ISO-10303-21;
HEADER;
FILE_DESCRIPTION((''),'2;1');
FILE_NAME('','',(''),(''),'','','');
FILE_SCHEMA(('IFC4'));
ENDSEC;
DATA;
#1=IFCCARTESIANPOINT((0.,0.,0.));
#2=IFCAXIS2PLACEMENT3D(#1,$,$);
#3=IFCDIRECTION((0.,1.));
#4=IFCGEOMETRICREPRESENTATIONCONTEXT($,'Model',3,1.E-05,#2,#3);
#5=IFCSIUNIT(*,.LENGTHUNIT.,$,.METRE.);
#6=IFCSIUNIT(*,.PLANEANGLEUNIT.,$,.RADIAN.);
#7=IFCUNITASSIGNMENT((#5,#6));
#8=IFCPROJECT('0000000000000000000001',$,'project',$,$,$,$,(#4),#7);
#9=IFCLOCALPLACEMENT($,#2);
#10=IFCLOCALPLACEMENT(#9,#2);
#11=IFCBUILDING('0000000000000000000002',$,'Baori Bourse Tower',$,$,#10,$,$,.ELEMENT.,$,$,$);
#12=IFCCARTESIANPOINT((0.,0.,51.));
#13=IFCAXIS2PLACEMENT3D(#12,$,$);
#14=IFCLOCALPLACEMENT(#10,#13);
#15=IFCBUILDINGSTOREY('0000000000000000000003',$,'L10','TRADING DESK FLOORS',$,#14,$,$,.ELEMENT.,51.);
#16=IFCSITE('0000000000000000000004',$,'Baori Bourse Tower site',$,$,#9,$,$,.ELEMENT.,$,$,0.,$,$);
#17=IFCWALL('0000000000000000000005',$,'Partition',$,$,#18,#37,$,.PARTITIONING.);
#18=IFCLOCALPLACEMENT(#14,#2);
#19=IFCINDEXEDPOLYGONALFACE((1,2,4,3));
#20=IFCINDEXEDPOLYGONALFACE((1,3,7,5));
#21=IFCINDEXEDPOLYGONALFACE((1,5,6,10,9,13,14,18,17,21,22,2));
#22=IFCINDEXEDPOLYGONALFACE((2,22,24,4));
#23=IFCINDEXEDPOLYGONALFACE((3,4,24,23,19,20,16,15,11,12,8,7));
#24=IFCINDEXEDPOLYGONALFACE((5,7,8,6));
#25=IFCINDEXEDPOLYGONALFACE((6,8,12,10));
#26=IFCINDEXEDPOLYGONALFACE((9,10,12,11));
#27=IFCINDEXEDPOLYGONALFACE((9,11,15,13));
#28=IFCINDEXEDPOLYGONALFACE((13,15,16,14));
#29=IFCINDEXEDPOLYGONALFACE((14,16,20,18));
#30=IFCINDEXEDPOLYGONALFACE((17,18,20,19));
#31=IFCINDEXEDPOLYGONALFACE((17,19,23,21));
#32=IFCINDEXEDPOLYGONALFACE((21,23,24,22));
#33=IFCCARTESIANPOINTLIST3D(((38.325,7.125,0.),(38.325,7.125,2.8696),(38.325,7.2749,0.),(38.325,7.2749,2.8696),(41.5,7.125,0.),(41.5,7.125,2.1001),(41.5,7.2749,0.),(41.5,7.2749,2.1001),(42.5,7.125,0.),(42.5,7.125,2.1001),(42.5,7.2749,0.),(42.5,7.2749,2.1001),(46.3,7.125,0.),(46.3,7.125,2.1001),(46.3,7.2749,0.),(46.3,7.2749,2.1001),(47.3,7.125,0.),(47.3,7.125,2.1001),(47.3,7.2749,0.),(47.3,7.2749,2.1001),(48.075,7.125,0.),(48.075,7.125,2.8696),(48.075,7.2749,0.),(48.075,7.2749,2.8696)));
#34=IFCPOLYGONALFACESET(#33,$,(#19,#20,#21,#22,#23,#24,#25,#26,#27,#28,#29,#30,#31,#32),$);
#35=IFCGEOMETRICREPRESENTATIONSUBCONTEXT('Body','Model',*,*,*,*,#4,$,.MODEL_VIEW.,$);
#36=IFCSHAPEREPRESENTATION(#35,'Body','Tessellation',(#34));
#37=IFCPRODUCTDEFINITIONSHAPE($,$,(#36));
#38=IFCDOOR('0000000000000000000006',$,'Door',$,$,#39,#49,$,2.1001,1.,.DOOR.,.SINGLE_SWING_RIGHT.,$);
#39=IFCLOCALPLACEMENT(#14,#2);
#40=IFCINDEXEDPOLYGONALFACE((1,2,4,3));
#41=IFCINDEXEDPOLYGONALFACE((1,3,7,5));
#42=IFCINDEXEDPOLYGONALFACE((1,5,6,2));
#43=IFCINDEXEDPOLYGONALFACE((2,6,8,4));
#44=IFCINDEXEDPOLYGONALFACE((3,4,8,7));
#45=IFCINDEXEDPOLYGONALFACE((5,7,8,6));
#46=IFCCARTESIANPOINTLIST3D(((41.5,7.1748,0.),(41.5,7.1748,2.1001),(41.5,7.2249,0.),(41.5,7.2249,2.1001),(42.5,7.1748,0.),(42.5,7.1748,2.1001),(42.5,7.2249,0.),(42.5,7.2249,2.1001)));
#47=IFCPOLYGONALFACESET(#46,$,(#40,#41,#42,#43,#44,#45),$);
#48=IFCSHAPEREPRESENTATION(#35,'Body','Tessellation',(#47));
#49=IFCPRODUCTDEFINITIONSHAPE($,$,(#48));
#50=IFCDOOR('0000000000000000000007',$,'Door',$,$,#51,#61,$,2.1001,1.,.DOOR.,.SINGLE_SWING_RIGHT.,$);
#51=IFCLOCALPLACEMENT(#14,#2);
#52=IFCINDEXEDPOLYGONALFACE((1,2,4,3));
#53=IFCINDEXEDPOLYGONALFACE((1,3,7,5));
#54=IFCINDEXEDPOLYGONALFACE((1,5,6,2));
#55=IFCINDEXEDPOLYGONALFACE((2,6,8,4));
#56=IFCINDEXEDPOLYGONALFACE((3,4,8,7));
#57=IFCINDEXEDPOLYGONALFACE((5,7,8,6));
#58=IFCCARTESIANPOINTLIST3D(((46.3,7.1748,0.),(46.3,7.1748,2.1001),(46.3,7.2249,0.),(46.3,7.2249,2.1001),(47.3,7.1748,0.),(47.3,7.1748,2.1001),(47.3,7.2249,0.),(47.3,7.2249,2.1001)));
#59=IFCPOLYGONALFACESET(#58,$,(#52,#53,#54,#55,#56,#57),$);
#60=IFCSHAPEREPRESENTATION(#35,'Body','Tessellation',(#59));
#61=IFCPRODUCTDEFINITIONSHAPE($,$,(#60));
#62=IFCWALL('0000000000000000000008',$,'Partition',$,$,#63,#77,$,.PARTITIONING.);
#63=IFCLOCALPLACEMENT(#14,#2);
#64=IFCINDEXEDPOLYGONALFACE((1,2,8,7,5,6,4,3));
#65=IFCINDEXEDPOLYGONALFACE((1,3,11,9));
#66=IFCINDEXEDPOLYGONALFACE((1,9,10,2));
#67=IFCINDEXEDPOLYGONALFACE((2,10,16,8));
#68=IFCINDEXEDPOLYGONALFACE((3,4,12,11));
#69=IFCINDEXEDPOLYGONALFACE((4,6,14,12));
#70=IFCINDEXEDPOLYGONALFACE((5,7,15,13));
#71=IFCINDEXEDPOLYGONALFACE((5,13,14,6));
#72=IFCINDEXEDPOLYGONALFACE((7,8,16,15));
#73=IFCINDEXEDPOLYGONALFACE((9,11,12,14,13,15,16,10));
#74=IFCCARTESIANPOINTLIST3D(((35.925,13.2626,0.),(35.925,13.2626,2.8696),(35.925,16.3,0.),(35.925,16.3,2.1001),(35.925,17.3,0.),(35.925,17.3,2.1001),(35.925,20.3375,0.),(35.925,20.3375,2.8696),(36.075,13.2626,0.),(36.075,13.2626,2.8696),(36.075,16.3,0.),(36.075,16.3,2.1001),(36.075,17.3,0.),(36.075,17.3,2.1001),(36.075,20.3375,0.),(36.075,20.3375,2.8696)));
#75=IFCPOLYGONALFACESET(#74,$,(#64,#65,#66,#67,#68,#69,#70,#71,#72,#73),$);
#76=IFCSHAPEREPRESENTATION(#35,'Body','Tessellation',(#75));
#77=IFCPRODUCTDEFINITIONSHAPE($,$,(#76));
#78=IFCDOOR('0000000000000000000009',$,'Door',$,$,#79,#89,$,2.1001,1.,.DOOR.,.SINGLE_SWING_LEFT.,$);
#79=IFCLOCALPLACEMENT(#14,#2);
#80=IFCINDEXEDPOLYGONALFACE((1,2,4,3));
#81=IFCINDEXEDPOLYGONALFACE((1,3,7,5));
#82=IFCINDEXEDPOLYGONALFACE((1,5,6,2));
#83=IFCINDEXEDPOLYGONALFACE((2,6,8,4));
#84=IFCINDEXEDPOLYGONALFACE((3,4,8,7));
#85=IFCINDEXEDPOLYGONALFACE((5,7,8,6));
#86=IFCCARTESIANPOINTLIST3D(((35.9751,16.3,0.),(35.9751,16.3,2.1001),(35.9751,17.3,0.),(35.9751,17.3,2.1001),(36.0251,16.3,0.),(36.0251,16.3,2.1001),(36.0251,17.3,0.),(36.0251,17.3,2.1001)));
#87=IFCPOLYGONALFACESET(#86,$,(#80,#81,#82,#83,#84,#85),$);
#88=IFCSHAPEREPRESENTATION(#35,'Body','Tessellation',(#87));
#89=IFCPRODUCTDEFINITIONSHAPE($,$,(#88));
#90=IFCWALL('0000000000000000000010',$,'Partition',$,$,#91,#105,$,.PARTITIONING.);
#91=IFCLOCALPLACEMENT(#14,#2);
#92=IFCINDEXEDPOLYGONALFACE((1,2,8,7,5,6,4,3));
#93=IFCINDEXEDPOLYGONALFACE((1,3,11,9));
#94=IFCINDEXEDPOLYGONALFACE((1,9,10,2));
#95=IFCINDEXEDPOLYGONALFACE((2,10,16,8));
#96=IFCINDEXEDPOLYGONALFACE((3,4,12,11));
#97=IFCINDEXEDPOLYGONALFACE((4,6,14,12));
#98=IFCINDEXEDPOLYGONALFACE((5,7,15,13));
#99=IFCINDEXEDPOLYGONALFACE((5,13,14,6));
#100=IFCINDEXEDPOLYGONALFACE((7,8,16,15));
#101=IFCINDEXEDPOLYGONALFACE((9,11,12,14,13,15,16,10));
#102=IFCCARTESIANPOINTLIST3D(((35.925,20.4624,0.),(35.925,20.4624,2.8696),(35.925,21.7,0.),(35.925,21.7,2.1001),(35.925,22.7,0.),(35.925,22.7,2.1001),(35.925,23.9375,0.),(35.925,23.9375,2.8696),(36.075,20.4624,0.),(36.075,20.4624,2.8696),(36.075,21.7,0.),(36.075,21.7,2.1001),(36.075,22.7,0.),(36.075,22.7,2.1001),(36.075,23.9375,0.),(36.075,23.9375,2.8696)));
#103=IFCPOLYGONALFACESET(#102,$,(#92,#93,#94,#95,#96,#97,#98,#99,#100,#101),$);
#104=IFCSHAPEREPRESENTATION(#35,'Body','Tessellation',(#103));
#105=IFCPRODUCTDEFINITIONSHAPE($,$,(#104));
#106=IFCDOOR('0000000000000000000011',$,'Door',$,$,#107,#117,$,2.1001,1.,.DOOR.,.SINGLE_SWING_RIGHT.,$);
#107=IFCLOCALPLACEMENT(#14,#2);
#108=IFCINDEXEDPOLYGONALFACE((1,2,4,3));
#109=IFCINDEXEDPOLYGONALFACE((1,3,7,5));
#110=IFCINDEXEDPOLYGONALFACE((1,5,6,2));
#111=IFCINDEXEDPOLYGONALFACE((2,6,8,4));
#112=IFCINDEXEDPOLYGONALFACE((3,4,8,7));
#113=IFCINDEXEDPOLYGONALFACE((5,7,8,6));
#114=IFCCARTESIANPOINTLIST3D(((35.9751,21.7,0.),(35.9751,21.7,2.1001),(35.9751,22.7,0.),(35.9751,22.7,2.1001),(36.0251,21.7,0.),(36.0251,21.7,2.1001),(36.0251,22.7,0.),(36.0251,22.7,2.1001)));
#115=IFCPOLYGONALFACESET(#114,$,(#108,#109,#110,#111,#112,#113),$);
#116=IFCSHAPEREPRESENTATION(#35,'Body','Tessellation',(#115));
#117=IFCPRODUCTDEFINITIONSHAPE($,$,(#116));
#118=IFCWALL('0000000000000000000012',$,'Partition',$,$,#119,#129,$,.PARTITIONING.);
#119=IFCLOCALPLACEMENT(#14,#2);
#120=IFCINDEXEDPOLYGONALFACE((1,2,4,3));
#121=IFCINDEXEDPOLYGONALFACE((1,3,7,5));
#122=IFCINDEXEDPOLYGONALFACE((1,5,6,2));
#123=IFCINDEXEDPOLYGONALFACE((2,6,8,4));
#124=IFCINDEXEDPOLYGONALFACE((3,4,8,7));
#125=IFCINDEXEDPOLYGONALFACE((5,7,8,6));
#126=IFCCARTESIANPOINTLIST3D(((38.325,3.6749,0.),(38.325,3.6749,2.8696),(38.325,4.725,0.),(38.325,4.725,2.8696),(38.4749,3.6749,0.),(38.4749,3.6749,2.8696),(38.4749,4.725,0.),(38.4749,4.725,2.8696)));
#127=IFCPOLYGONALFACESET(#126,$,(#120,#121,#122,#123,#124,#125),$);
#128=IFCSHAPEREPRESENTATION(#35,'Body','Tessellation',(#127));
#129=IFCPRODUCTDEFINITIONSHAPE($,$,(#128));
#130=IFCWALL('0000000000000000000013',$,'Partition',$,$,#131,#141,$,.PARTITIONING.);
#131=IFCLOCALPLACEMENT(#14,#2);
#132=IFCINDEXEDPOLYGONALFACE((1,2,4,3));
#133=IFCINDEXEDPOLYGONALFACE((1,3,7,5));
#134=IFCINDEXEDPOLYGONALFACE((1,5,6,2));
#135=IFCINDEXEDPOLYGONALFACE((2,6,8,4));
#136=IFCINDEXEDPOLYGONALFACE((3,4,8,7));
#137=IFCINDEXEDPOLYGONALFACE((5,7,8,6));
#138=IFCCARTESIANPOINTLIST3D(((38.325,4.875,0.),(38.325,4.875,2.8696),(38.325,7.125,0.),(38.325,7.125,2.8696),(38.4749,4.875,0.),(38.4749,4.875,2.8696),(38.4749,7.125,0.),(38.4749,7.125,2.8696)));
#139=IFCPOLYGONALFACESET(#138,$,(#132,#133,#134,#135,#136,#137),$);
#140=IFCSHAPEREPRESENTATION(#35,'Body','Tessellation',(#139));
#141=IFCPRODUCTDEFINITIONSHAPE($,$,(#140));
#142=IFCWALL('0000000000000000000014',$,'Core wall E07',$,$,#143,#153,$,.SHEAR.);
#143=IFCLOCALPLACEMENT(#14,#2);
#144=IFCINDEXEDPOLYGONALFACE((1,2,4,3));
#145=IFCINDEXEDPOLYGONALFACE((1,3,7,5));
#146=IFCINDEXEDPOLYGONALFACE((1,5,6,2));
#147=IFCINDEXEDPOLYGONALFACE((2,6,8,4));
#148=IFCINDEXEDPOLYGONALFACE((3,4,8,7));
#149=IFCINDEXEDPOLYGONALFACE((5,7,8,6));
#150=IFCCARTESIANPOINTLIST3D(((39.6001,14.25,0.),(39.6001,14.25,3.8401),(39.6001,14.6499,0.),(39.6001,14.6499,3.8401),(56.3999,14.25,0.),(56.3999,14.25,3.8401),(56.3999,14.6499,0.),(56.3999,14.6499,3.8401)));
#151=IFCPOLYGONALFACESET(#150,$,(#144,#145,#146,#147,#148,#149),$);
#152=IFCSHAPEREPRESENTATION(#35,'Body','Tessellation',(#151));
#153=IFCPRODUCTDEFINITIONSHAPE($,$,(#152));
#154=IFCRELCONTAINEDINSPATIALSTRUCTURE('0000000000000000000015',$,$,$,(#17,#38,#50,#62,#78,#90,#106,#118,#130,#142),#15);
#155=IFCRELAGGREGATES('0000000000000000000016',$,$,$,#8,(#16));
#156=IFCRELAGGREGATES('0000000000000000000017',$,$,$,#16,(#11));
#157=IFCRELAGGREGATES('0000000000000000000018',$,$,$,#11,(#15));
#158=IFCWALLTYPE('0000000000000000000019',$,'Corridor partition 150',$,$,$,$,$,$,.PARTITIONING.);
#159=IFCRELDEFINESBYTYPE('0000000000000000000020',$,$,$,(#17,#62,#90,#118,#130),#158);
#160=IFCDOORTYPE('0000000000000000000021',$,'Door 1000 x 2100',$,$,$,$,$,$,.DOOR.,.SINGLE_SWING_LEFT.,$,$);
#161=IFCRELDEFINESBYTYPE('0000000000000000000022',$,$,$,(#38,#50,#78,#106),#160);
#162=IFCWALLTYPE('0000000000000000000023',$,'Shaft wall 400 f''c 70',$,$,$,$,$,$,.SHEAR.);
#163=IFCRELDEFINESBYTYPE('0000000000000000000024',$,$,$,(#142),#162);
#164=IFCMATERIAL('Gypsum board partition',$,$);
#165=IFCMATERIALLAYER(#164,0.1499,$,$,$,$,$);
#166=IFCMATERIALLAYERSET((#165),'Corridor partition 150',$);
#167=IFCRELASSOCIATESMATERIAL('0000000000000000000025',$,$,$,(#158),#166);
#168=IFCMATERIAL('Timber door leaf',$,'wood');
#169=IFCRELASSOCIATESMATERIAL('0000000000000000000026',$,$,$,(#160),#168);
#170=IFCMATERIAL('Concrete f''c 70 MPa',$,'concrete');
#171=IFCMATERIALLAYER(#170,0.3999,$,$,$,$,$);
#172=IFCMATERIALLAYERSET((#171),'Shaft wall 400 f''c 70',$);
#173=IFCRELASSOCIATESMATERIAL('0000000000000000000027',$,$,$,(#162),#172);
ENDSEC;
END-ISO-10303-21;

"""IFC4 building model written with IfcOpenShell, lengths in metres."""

from ifc_helpers import new_model, si_unit, direction, frame, frame_2d, origin, place, context, subcontext, project, spatial, rectangle, extrude, material, layer, layer_set, type_object, element, fill, save


model = new_model("IFC4")

# Units and contexts
model_context = context("Model", 3, precision=1e-05, world=origin(), true_north=direction((0.0, 1.0)))
body_context = subcontext(model_context, "Body", "Model", "MODEL_VIEW")
ifc_project = project(units=[si_unit("LENGTHUNIT", "METRE"), si_unit("PLANEANGLEUNIT", "RADIAN")], contexts=[model_context])

# Site, building, storey
site_placement = place(None, origin())
site = spatial("IfcSite", under=ifc_project, at=site_placement, Name="Baori Bourse Tower site", CompositionType="ELEMENT", RefElevation=0.0)
building_placement = place(site_placement, origin())
building = spatial("IfcBuilding", under=site, at=building_placement, Name="Baori Bourse Tower", CompositionType="ELEMENT")
storey_placement = place(building_placement, frame((0.0, 0.0, 51.0)))
storey = spatial("IfcBuildingStorey", under=building, at=storey_placement, Name="L10", Description="TRADING DESK FLOORS", CompositionType="ELEMENT", Elevation=51.0)

# Wall, openings, doors
ifc_material_1 = material(Name="Gypsum board partition")
ifc_layer_1 = layer(ifc_material_1, 0.1499)
ifc_layer_set_1 = layer_set([ifc_layer_1], Name="Corridor partition 150")
wall_type_1 = type_object("IfcWallType", Name="Corridor partition 150", PredefinedType="PARTITIONING", material=ifc_layer_set_1)
wall_1_placement = place(storey_placement, frame((38.325, 7.2, 0.0), z_axis=(0.0, 0.0, 1.0), x_axis=(1.0, 0.0, 0.0)))
wall_1 = element("IfcWall", 1, at=wall_1_placement, inside=storey, type_object=wall_type_1, Name="Partition", PredefinedType="PARTITIONING", context=body_context, shape_type="SweptSolid", body=[
    extrude(rectangle(XDim=9.75, YDim=0.1499, at=frame_2d((4.875, 0.0))), origin(), (0.0, 0.0, 1.0), 2.8696),
])
opening_1_placement = place(wall_1_placement, frame((3.175, 0.0, 0.0)))
opening_1 = element("IfcOpeningElement", 2, at=opening_1_placement, cuts=wall_1, PredefinedType="OPENING", context=body_context, shape_type="SweptSolid", body=[
    extrude(rectangle(XDim=1.0, YDim=2.1001, at=frame_2d((0.5, 1.05))), frame((0.0, 0.085, 0.0), z_axis=(0.0, -1.0, 0.0), x_axis=(1.0, 0.0, 0.0)), (0.0, 0.0, 1.0), 0.1699),
])
opening_2_placement = place(wall_1_placement, frame((7.9751, 0.0, 0.0)))
opening_2 = element("IfcOpeningElement", 3, at=opening_2_placement, cuts=wall_1, PredefinedType="OPENING", context=body_context, shape_type="SweptSolid", body=[
    extrude(rectangle(XDim=1.0, YDim=2.1001, at=frame_2d((0.5, 1.05))), frame((0.0, 0.085, 0.0), z_axis=(0.0, -1.0, 0.0), x_axis=(1.0, 0.0, 0.0)), (0.0, 0.0, 1.0), 0.1699),
])
ifc_material_2 = material(Name="Timber door leaf", Category="wood")
door_type_1 = type_object("IfcDoorType", Name="Door 1000 x 2100", OperationType="SINGLE_SWING_LEFT", PredefinedType="DOOR", material=ifc_material_2)
door_1_placement = place(opening_1_placement, origin())
door_1 = element("IfcDoor", 4, at=door_1_placement, inside=storey, type_object=door_type_1, Name="Door", OperationType="SINGLE_SWING_RIGHT", OverallHeight=2.1001, OverallWidth=1.0, PredefinedType="DOOR", context=body_context, shape_type="SweptSolid", body=[
    extrude(rectangle(XDim=1.0, YDim=2.1001, at=frame_2d((0.5, 1.05))), frame((0.0, 0.0249, 0.0), z_axis=(0.0, -1.0, 0.0), x_axis=(1.0, 0.0, 0.0)), (0.0, 0.0, 1.0), 0.05),
])
fill(opening_1, door_1)
door_2_placement = place(opening_2_placement, origin())
door_2 = element("IfcDoor", 5, at=door_2_placement, inside=storey, type_object=door_type_1, Name="Door", OperationType="SINGLE_SWING_RIGHT", OverallHeight=2.1001, OverallWidth=1.0, PredefinedType="DOOR", context=body_context, shape_type="SweptSolid", body=[
    extrude(rectangle(XDim=1.0, YDim=2.1001, at=frame_2d((0.5, 1.05))), frame((0.0, 0.0249, 0.0), z_axis=(0.0, -1.0, 0.0), x_axis=(1.0, 0.0, 0.0)), (0.0, 0.0, 1.0), 0.05),
])
fill(opening_2, door_2)

# Walls, openings, doors
wall_2_placement = place(storey_placement, frame((36.0, 13.2625, 0.0), z_axis=(0.0, 0.0, 1.0), x_axis=(0.0, 1.0, 0.0)))
wall_2 = element("IfcWall", 6, at=wall_2_placement, inside=storey, type_object=wall_type_1, Name="Partition", PredefinedType="PARTITIONING", context=body_context, shape_type="SweptSolid", body=[
    extrude(rectangle(XDim=7.075, YDim=0.1499, at=frame_2d((3.5376, 0.0))), origin(), (0.0, 0.0, 1.0), 2.8696),
])
opening_3_placement = place(wall_2_placement, frame((3.0376, 0.0, 0.0)))
opening_3 = element("IfcOpeningElement", 7, at=opening_3_placement, cuts=wall_2, PredefinedType="OPENING", context=body_context, shape_type="SweptSolid", body=[
    extrude(rectangle(XDim=1.0, YDim=2.1001, at=frame_2d((0.5, 1.05))), frame((0.0, 0.085, 0.0), z_axis=(0.0, -1.0, 0.0), x_axis=(1.0, 0.0, 0.0)), (0.0, 0.0, 1.0), 0.1699),
])
door_3_placement = place(opening_3_placement, origin())
door_3 = element("IfcDoor", 8, at=door_3_placement, inside=storey, type_object=door_type_1, Name="Door", OperationType="SINGLE_SWING_LEFT", OverallHeight=2.1001, OverallWidth=1.0, PredefinedType="DOOR", context=body_context, shape_type="SweptSolid", body=[
    extrude(rectangle(XDim=1.0, YDim=2.1001, at=frame_2d((0.5, 1.05))), frame((0.0, 0.0249, 0.0), z_axis=(0.0, -1.0, 0.0), x_axis=(1.0, 0.0, 0.0)), (0.0, 0.0, 1.0), 0.05),
])
fill(opening_3, door_3)
wall_3_placement = place(storey_placement, frame((36.0, 20.4624, 0.0), z_axis=(0.0, 0.0, 1.0), x_axis=(0.0, 1.0, 0.0)))
wall_3 = element("IfcWall", 9, at=wall_3_placement, inside=storey, type_object=wall_type_1, Name="Partition", PredefinedType="PARTITIONING", context=body_context, shape_type="SweptSolid", body=[
    extrude(rectangle(XDim=3.4751, YDim=0.1499, at=frame_2d((1.7375, 0.0))), origin(), (0.0, 0.0, 1.0), 2.8696),
])
opening_4_placement = place(wall_3_placement, frame((1.2375, 0.0, 0.0)))
opening_4 = element("IfcOpeningElement", 10, at=opening_4_placement, cuts=wall_3, PredefinedType="OPENING", context=body_context, shape_type="SweptSolid", body=[
    extrude(rectangle(XDim=1.0, YDim=2.1001, at=frame_2d((0.5, 1.05))), frame((0.0, 0.085, 0.0), z_axis=(0.0, -1.0, 0.0), x_axis=(1.0, 0.0, 0.0)), (0.0, 0.0, 1.0), 0.1699),
])
door_4_placement = place(opening_4_placement, origin())
door_4 = element("IfcDoor", 11, at=door_4_placement, inside=storey, type_object=door_type_1, Name="Door", OperationType="SINGLE_SWING_RIGHT", OverallHeight=2.1001, OverallWidth=1.0, PredefinedType="DOOR", context=body_context, shape_type="SweptSolid", body=[
    extrude(rectangle(XDim=1.0, YDim=2.1001, at=frame_2d((0.5, 1.05))), frame((0.0, 0.0249, 0.0), z_axis=(0.0, -1.0, 0.0), x_axis=(1.0, 0.0, 0.0)), (0.0, 0.0, 1.0), 0.05),
])
fill(opening_4, door_4)

# Walls
wall_4_placement = place(storey_placement, frame((38.3999, 3.675, 0.0), z_axis=(0.0, 0.0, 1.0), x_axis=(0.0, 1.0, 0.0)))
element("IfcWall", 12, at=wall_4_placement, inside=storey, type_object=wall_type_1, Name="Partition", PredefinedType="PARTITIONING", context=body_context, shape_type="SweptSolid", body=[
    extrude(rectangle(XDim=1.05, YDim=0.1499, at=frame_2d((0.5249, 0.0))), origin(), (0.0, 0.0, 1.0), 2.8696),
])
wall_5_placement = place(storey_placement, frame((38.3999, 4.875, 0.0), z_axis=(0.0, 0.0, 1.0), x_axis=(0.0, 1.0, 0.0)))
element("IfcWall", 13, at=wall_5_placement, inside=storey, type_object=wall_type_1, Name="Partition", PredefinedType="PARTITIONING", context=body_context, shape_type="SweptSolid", body=[
    extrude(rectangle(XDim=2.25, YDim=0.1499, at=frame_2d((1.125, 0.0))), origin(), (0.0, 0.0, 1.0), 2.8696),
])
ifc_material_3 = material(Name="Concrete f'c 70 MPa", Category="concrete")
ifc_layer_2 = layer(ifc_material_3, 0.3999)
ifc_layer_set_2 = layer_set([ifc_layer_2], Name="Shaft wall 400 f'c 70")
wall_type_2 = type_object("IfcWallType", Name="Shaft wall 400 f'c 70", PredefinedType="SHEAR", material=ifc_layer_set_2)
wall_6_placement = place(storey_placement, frame((39.6001, 14.45, 0.0), z_axis=(0.0, 0.0, 1.0), x_axis=(1.0, 0.0, 0.0)))
element("IfcWall", 14, at=wall_6_placement, inside=storey, type_object=wall_type_2, Name="Core wall E07", PredefinedType="SHEAR", context=body_context, shape_type="SweptSolid", body=[
    extrude(rectangle(XDim=16.7998, YDim=0.3999, at=frame_2d((8.3999, 0.0))), origin(), (0.0, 0.0, 1.0), 3.8401),
])

save(model, "model.ifc")
